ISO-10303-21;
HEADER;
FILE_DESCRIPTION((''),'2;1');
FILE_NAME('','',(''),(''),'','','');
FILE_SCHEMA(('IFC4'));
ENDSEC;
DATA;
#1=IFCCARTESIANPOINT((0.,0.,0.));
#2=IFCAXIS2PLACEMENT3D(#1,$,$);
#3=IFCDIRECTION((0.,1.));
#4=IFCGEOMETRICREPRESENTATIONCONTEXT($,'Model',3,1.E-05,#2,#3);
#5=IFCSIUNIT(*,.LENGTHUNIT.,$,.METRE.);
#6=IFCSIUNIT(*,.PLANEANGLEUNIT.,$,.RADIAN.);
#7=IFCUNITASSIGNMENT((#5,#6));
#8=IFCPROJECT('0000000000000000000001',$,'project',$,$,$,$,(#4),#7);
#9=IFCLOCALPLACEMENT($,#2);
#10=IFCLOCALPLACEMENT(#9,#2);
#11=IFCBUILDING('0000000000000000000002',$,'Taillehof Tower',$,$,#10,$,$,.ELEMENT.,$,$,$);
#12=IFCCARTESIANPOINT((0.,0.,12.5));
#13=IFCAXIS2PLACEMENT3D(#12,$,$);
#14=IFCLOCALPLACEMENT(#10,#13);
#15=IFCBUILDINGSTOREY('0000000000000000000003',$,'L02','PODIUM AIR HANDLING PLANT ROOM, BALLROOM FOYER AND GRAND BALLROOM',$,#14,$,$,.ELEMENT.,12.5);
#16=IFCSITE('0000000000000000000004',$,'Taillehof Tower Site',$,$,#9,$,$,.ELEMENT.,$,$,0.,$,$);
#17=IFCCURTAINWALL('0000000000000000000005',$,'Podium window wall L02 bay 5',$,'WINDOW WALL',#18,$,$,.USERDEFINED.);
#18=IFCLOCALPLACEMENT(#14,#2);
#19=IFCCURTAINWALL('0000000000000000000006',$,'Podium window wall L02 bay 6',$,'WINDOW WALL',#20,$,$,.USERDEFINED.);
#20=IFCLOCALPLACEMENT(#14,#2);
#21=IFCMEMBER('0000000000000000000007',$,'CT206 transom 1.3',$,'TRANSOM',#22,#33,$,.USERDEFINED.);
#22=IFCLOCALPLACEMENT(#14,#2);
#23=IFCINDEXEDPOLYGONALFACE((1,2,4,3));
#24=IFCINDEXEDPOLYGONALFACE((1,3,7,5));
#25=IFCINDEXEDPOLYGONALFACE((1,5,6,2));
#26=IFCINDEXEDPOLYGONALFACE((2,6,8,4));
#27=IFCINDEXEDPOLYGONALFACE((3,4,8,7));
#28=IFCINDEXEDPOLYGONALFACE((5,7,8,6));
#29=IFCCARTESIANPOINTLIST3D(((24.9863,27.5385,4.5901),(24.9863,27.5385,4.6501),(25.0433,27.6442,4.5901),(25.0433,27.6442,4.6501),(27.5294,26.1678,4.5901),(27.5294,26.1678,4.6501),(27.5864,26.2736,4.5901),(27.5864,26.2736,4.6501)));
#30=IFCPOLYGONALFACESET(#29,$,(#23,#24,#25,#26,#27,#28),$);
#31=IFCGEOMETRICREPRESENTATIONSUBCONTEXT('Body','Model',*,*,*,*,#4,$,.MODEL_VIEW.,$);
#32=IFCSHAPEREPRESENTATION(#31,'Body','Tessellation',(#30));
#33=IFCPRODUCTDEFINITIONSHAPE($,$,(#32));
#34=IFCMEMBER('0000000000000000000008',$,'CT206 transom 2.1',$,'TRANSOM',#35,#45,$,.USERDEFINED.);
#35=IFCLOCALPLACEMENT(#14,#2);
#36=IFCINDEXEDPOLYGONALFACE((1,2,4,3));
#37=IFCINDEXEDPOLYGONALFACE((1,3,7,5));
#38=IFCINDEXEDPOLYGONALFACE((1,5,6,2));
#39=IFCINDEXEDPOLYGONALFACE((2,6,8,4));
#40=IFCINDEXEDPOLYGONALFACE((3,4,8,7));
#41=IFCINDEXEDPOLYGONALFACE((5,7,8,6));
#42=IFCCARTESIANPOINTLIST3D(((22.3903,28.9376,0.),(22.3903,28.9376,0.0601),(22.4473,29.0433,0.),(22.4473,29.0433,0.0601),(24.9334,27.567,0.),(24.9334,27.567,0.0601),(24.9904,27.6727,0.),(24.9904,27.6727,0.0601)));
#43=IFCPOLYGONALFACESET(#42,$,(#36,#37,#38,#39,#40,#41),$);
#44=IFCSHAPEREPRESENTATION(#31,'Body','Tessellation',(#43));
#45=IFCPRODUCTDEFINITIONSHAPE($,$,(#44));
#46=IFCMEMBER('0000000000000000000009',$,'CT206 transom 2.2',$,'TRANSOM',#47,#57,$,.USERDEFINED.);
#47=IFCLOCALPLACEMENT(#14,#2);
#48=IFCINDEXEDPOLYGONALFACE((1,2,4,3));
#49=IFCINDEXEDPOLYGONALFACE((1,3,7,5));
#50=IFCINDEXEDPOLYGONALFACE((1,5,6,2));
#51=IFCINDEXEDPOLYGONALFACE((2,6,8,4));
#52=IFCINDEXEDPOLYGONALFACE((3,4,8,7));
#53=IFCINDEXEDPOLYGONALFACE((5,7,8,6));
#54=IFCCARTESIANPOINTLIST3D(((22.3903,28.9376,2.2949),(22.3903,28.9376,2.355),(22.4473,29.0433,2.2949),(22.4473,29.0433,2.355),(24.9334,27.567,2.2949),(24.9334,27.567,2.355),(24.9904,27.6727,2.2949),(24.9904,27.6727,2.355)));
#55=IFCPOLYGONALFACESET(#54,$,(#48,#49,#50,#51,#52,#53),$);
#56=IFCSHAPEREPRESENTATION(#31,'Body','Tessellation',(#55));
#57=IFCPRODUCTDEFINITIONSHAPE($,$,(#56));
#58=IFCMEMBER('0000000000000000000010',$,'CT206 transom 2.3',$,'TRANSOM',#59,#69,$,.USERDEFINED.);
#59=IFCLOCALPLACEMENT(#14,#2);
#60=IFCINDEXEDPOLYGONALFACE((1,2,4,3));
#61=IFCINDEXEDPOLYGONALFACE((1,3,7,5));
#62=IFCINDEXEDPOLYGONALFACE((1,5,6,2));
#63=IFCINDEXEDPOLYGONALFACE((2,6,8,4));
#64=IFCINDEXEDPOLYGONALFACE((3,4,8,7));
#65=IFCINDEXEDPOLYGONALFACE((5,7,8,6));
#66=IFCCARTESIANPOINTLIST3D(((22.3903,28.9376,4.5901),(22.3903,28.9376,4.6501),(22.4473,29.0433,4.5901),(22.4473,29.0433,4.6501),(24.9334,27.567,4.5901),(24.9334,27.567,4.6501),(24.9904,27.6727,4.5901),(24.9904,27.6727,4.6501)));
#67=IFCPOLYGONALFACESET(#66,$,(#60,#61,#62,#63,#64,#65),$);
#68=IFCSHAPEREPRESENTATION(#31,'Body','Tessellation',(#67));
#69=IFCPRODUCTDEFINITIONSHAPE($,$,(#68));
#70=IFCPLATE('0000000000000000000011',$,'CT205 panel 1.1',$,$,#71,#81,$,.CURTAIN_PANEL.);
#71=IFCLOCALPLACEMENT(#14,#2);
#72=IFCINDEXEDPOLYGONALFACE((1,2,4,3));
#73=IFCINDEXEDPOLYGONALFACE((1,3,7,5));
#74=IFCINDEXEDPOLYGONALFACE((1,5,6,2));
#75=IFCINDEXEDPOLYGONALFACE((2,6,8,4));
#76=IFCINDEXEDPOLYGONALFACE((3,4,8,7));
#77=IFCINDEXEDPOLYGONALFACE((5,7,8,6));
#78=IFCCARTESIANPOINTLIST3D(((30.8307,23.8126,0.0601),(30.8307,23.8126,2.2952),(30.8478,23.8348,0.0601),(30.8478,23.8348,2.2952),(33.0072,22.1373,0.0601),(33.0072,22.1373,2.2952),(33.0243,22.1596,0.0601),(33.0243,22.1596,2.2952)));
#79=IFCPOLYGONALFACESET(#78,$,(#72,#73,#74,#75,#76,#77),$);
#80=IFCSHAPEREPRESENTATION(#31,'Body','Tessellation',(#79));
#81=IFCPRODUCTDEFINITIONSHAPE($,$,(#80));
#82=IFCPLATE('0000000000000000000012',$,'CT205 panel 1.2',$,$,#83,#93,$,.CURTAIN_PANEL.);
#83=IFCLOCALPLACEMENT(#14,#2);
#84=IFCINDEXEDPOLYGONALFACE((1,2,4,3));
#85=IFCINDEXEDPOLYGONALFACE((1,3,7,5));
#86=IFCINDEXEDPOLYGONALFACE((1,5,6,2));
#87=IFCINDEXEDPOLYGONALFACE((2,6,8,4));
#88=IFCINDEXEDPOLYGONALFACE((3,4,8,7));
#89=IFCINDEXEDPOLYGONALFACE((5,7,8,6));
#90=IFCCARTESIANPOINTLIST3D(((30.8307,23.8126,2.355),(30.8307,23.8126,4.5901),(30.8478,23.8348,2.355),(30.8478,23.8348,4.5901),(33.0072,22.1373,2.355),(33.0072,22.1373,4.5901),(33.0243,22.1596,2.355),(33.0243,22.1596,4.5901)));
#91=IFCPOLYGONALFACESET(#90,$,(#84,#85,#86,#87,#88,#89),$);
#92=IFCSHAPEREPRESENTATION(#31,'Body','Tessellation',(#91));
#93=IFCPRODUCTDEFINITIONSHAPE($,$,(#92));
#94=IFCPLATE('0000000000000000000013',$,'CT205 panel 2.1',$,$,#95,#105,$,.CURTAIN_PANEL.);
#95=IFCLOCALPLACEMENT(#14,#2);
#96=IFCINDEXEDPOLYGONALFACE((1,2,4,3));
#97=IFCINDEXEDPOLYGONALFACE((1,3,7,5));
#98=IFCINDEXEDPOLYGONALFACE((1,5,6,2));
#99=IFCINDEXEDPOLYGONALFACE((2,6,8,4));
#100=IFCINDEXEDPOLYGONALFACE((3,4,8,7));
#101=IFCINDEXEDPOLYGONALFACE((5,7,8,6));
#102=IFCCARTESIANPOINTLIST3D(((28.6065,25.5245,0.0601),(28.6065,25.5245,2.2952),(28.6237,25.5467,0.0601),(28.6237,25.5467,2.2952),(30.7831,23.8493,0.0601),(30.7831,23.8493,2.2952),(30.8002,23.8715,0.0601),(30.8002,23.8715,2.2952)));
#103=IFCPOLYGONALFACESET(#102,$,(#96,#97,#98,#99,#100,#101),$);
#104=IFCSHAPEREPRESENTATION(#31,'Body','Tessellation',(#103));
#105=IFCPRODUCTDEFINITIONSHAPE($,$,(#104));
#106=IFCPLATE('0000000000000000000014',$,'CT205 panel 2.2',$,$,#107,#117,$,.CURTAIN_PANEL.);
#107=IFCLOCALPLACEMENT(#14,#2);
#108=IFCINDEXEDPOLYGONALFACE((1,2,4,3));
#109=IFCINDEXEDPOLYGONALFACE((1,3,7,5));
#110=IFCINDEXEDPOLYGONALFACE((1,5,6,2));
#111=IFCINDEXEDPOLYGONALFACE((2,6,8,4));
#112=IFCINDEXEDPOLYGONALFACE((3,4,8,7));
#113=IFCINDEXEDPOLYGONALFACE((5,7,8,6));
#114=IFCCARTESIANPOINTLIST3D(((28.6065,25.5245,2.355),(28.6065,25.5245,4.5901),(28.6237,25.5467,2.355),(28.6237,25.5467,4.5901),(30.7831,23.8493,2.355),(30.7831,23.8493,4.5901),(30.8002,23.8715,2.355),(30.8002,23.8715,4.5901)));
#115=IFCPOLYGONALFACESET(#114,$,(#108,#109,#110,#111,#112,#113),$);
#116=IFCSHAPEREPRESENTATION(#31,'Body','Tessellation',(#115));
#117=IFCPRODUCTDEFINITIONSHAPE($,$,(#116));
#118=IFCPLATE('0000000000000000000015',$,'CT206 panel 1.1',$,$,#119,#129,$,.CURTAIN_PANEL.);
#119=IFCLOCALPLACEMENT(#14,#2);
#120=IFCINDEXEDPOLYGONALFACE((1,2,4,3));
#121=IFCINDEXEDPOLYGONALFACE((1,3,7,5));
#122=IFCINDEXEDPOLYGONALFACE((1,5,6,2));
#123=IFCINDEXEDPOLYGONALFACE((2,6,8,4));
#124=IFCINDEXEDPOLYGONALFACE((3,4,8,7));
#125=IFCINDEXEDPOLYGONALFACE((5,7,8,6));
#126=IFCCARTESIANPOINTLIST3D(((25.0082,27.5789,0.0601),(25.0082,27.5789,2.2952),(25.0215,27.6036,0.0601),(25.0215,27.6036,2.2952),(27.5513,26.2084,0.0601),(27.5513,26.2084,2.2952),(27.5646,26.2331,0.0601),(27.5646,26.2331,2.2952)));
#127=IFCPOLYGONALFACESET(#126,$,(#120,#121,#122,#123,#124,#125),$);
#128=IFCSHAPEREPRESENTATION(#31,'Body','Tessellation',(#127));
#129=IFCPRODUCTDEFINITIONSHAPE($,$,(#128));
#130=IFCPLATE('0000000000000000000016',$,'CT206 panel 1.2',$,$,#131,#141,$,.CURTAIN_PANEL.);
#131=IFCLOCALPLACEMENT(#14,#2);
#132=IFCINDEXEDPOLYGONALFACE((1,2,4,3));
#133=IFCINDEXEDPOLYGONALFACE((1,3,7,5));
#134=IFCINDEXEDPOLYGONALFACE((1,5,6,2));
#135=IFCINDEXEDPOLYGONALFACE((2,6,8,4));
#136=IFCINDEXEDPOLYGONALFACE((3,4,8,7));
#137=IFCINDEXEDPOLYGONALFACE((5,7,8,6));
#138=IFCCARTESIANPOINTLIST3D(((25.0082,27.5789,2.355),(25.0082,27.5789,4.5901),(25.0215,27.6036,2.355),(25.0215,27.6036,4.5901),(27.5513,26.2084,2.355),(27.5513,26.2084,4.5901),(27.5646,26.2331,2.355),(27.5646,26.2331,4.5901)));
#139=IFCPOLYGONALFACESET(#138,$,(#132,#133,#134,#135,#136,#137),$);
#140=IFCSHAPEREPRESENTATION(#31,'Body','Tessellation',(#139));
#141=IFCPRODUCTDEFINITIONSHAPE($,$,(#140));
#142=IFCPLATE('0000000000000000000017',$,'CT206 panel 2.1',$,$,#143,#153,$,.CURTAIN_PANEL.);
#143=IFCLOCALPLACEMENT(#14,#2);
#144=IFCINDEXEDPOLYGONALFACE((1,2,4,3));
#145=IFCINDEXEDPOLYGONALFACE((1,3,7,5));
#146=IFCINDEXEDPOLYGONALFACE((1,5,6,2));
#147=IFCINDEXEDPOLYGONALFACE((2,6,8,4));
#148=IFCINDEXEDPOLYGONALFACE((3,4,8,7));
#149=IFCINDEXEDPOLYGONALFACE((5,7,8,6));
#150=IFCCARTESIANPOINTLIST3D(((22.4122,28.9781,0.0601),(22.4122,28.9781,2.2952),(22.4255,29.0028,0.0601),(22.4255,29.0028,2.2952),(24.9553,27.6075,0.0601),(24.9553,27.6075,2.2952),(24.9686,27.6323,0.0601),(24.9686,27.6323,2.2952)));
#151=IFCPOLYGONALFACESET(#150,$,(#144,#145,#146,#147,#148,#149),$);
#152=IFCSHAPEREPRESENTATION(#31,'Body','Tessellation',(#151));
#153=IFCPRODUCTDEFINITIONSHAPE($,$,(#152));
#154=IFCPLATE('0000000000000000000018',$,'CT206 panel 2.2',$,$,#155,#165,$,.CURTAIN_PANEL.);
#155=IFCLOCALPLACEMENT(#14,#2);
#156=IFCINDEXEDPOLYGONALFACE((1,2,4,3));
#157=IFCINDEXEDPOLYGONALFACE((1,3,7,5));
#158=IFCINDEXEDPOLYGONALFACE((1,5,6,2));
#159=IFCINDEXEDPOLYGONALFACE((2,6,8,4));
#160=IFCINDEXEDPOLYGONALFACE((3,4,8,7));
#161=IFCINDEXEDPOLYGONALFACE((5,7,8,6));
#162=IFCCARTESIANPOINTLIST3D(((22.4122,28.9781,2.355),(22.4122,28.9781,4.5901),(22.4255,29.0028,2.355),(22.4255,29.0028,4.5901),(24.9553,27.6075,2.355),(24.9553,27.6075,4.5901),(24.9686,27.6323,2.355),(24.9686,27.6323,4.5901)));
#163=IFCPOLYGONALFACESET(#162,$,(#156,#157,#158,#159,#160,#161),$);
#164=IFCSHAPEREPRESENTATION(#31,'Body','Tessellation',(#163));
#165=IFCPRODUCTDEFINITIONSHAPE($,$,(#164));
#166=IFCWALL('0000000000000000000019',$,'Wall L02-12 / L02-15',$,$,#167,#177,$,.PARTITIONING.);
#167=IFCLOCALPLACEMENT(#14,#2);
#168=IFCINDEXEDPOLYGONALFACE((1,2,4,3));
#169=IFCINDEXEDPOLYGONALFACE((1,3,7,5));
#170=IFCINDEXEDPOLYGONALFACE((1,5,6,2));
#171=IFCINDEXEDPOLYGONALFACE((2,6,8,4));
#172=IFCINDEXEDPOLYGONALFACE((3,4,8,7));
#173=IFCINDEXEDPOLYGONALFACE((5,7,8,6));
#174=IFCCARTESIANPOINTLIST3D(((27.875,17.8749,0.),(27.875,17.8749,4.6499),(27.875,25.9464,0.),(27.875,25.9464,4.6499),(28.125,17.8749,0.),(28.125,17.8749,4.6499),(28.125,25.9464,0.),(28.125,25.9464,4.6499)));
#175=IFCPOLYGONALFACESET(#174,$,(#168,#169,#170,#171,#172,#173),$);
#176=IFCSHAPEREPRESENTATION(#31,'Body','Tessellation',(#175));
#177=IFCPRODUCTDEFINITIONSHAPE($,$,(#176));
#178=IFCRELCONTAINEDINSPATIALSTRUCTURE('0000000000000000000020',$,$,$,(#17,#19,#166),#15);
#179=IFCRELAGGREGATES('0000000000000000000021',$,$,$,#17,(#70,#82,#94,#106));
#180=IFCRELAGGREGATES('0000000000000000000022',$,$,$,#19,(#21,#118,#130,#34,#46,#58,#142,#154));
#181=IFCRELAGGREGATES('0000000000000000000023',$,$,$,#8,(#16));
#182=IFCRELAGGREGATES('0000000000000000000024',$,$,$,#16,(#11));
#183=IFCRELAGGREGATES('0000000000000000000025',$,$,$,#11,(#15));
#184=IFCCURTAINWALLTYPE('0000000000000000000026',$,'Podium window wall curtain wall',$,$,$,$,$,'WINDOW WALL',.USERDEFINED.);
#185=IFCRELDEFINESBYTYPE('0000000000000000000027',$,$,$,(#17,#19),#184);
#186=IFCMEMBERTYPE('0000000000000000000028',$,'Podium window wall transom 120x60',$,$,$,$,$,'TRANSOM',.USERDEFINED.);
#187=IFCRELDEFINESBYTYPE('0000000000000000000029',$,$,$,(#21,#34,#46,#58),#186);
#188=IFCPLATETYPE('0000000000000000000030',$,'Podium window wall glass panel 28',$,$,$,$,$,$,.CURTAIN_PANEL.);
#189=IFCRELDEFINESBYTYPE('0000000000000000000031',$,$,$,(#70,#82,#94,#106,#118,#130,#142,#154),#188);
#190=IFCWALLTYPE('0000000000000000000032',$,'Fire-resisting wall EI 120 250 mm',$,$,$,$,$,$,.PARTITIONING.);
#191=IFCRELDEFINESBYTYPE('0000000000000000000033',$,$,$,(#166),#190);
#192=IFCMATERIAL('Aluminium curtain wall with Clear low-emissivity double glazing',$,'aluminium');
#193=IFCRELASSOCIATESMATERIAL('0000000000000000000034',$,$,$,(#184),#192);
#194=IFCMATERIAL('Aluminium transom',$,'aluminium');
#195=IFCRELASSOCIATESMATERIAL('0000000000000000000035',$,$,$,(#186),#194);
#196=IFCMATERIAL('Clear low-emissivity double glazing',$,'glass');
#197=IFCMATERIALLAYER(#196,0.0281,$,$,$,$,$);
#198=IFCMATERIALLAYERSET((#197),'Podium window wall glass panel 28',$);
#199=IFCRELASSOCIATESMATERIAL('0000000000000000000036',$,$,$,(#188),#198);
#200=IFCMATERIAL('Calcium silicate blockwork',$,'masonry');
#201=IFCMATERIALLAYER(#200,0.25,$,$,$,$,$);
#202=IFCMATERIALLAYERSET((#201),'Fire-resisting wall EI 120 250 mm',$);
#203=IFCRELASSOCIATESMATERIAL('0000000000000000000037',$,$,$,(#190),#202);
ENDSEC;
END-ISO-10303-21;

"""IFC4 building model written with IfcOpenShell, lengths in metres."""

from ifc_helpers import new_model, si_unit, direction, frame, frame_2d, origin, origin_2d, place, context, subcontext, project, spatial, rectangle, extrude, material, layer, layer_set, material_profile, profile_set, type_object, element, aggregate, save


model = new_model("IFC4")

# Units and contexts
model_context = context("Model", 3, precision=1e-05, world=origin(), true_north=direction((0.0, 1.0)))
body_context = subcontext(model_context, "Body", "Model", "MODEL_VIEW")
ifc_project = project(units=[si_unit("LENGTHUNIT", "METRE"), si_unit("PLANEANGLEUNIT", "RADIAN")], contexts=[model_context])

# Site, building, storey
site_placement = place(None, origin())
site = spatial("IfcSite", under=ifc_project, at=site_placement, Name="Taillehof Tower Site", CompositionType="ELEMENT", RefElevation=0.0)
building_placement = place(site_placement, origin())
building = spatial("IfcBuilding", under=site, at=building_placement, Name="Taillehof Tower", CompositionType="ELEMENT")
storey_placement = place(building_placement, frame((0.0, 0.0, 12.5)))
storey = spatial("IfcBuildingStorey", under=building, at=storey_placement, Name="L02", Description="PODIUM AIR HANDLING PLANT ROOM, BALLROOM FOYER AND GRAND BALLROOM", CompositionType="ELEMENT", Elevation=12.5)

# Curtain walls
ifc_material_1 = material(Name="Aluminium curtain wall with Clear low-emissivity double glazing", Category="aluminium")
curtain_wall_type = type_object("IfcCurtainWallType", Name="Podium window wall curtain wall", ElementType="WINDOW WALL", PredefinedType="USERDEFINED", material=ifc_material_1)
curtain_wall_1_placement = place(storey_placement, origin())
curtain_wall_1 = element("IfcCurtainWall", 1, at=curtain_wall_1_placement, inside=storey, type_object=curtain_wall_type, Name="Podium window wall L02 bay 5", ObjectType="WINDOW WALL", PredefinedType="USERDEFINED")
curtain_wall_2_placement = place(storey_placement, origin())
curtain_wall_2 = element("IfcCurtainWall", 2, at=curtain_wall_2_placement, inside=storey, type_object=curtain_wall_type, Name="Podium window wall L02 bay 6", ObjectType="WINDOW WALL", PredefinedType="USERDEFINED")

# Members
ifc_material_2 = material(Name="Aluminium transom", Category="aluminium")
ifc_material_profile_1 = material_profile(ifc_material_2, rectangle(XDim=0.1201, YDim=0.0601, at=origin_2d()), Name="AL 120x60")
ifc_profile_set_1 = profile_set([ifc_material_profile_1], Name="Aluminium transom")
member_type_1 = type_object("IfcMemberType", Name="Podium window wall transom 120x60", ElementType="TRANSOM", PredefinedType="USERDEFINED", material=ifc_profile_set_1)
member_1_placement = place(storey_placement, frame((27.5579, 26.2207, 4.6201), z_axis=(-0.880281, 0.474453, 0.0), x_axis=(-0.474453, -0.880281, 0.0)))
member_1 = element("IfcMember", 3, at=member_1_placement, type_object=member_type_1, Name="CT206 transom 1.3", ObjectType="TRANSOM", PredefinedType="USERDEFINED", context=body_context, shape_type="SweptSolid", body=[
    extrude(rectangle(XDim=0.1201, YDim=0.0601, at=origin_2d()), origin(), (0.0, 0.0, 1.0), 2.8889),
])
member_2_placement = place(storey_placement, frame((24.9619, 27.6199, 0.03), z_axis=(-0.8803, 0.474417, 0.0), x_axis=(-0.474417, -0.8803, 0.0)))
member_2 = element("IfcMember", 4, at=member_2_placement, type_object=member_type_1, Name="CT206 transom 2.1", ObjectType="TRANSOM", PredefinedType="USERDEFINED", context=body_context, shape_type="SweptSolid", body=[
    extrude(rectangle(XDim=0.1201, YDim=0.0601, at=origin_2d()), origin(), (0.0, 0.0, 1.0), 2.8889),
])
member_3_placement = place(storey_placement, frame((24.9619, 27.6199, 2.325), z_axis=(-0.8803, 0.474417, 0.0), x_axis=(-0.474417, -0.8803, 0.0)))
member_3 = element("IfcMember", 5, at=member_3_placement, type_object=member_type_1, Name="CT206 transom 2.2", ObjectType="TRANSOM", PredefinedType="USERDEFINED", context=body_context, shape_type="SweptSolid", body=[
    extrude(rectangle(XDim=0.1201, YDim=0.0601, at=origin_2d()), origin(), (0.0, 0.0, 1.0), 2.8889),
])
member_4_placement = place(storey_placement, frame((24.9619, 27.6199, 4.6201), z_axis=(-0.8803, 0.474417, 0.0), x_axis=(-0.474417, -0.8803, 0.0)))
member_4 = element("IfcMember", 6, at=member_4_placement, type_object=member_type_1, Name="CT206 transom 2.3", ObjectType="TRANSOM", PredefinedType="USERDEFINED", context=body_context, shape_type="SweptSolid", body=[
    extrude(rectangle(XDim=0.1201, YDim=0.0601, at=origin_2d()), origin(), (0.0, 0.0, 1.0), 2.8889),
])

# Plates
ifc_material_3 = material(Name="Clear low-emissivity double glazing", Category="glass")
ifc_layer_1 = layer(ifc_material_3, 0.0281)
ifc_layer_set_1 = layer_set([ifc_layer_1], Name="Podium window wall glass panel 28")
plate_type = type_object("IfcPlateType", Name="Podium window wall glass panel 28", PredefinedType="CURTAIN_PANEL", material=ifc_layer_set_1)
plate_1_placement = place(storey_placement, frame((31.9275, 22.9861, 0.0601), z_axis=(0.0, 0.0, 1.0), x_axis=(-0.792454, 0.609932, 0.0)))
plate_1 = element("IfcPlate", 7, at=plate_1_placement, type_object=plate_type, Name="CT205 panel 1.1", PredefinedType="CURTAIN_PANEL", context=body_context, shape_type="SweptSolid", body=[
    extrude(rectangle(XDim=2.7466, YDim=0.0281, at=origin_2d()), origin(), (0.0, 0.0, 1.0), 2.2351),
])
plate_2_placement = place(storey_placement, frame((31.9275, 22.9861, 2.355), z_axis=(0.0, 0.0, 1.0), x_axis=(-0.792454, 0.609932, 0.0)))
plate_2 = element("IfcPlate", 8, at=plate_2_placement, type_object=plate_type, Name="CT205 panel 1.2", PredefinedType="CURTAIN_PANEL", context=body_context, shape_type="SweptSolid", body=[
    extrude(rectangle(XDim=2.7466, YDim=0.0281, at=origin_2d()), origin(), (0.0, 0.0, 1.0), 2.2351),
])
plate_3_placement = place(storey_placement, frame((29.7034, 24.698, 0.0601), z_axis=(0.0, 0.0, 1.0), x_axis=(-0.792454, 0.609932, 0.0)))
plate_3 = element("IfcPlate", 9, at=plate_3_placement, type_object=plate_type, Name="CT205 panel 2.1", PredefinedType="CURTAIN_PANEL", context=body_context, shape_type="SweptSolid", body=[
    extrude(rectangle(XDim=2.7466, YDim=0.0281, at=origin_2d()), origin(), (0.0, 0.0, 1.0), 2.2351),
])
plate_4_placement = place(storey_placement, frame((29.7034, 24.698, 2.355), z_axis=(0.0, 0.0, 1.0), x_axis=(-0.792454, 0.609932, 0.0)))
plate_4 = element("IfcPlate", 10, at=plate_4_placement, type_object=plate_type, Name="CT205 panel 2.2", PredefinedType="CURTAIN_PANEL", context=body_context, shape_type="SweptSolid", body=[
    extrude(rectangle(XDim=2.7466, YDim=0.0281, at=origin_2d()), origin(), (0.0, 0.0, 1.0), 2.2351),
])
aggregate(curtain_wall_1, [plate_1, plate_2, plate_3, plate_4])
plate_5_placement = place(storey_placement, frame((26.2864, 26.906, 0.0601), z_axis=(0.0, 0.0, 1.0), x_axis=(-0.880301, 0.474415, 0.0)))
plate_5 = element("IfcPlate", 11, at=plate_5_placement, type_object=plate_type, Name="CT206 panel 1.1", PredefinedType="CURTAIN_PANEL", context=body_context, shape_type="SweptSolid", body=[
    extrude(rectangle(XDim=2.8889, YDim=0.0281, at=origin_2d()), origin(), (0.0, 0.0, 1.0), 2.2351),
])
plate_6_placement = place(storey_placement, frame((26.2864, 26.906, 2.355), z_axis=(0.0, 0.0, 1.0), x_axis=(-0.880301, 0.474415, 0.0)))
plate_6 = element("IfcPlate", 12, at=plate_6_placement, type_object=plate_type, Name="CT206 panel 1.2", PredefinedType="CURTAIN_PANEL", context=body_context, shape_type="SweptSolid", body=[
    extrude(rectangle(XDim=2.8889, YDim=0.0281, at=origin_2d()), origin(), (0.0, 0.0, 1.0), 2.2351),
])
plate_7_placement = place(storey_placement, frame((23.6904, 28.3052, 0.0601), z_axis=(0.0, 0.0, 1.0), x_axis=(-0.880301, 0.474415, 0.0)))
plate_7 = element("IfcPlate", 13, at=plate_7_placement, type_object=plate_type, Name="CT206 panel 2.1", PredefinedType="CURTAIN_PANEL", context=body_context, shape_type="SweptSolid", body=[
    extrude(rectangle(XDim=2.8889, YDim=0.0281, at=origin_2d()), origin(), (0.0, 0.0, 1.0), 2.2351),
])
plate_8_placement = place(storey_placement, frame((23.6904, 28.3052, 2.355), z_axis=(0.0, 0.0, 1.0), x_axis=(-0.880301, 0.474415, 0.0)))
plate_8 = element("IfcPlate", 14, at=plate_8_placement, type_object=plate_type, Name="CT206 panel 2.2", PredefinedType="CURTAIN_PANEL", context=body_context, shape_type="SweptSolid", body=[
    extrude(rectangle(XDim=2.8889, YDim=0.0281, at=origin_2d()), origin(), (0.0, 0.0, 1.0), 2.2351),
])
aggregate(curtain_wall_2, [member_1, plate_5, plate_6, member_2, member_3, member_4, plate_7, plate_8])

# Wall
ifc_material_4 = material(Name="Calcium silicate blockwork", Category="masonry")
ifc_layer_2 = layer(ifc_material_4, 0.25)
ifc_layer_set_2 = layer_set([ifc_layer_2], Name="Fire-resisting wall EI 120 250 mm")
wall_type = type_object("IfcWallType", Name="Fire-resisting wall EI 120 250 mm", PredefinedType="PARTITIONING", material=ifc_layer_set_2)
wall_placement = place(storey_placement, frame((28.0, 17.875, 0.0), z_axis=(0.0, 0.0, 1.0), x_axis=(0.0, 1.0, 0.0)))
element("IfcWall", 15, at=wall_placement, inside=storey, type_object=wall_type, Name="Wall L02-12 / L02-15", PredefinedType="PARTITIONING", context=body_context, shape_type="SweptSolid", body=[
    extrude(rectangle(XDim=8.0715, YDim=0.25, at=frame_2d((4.0356, 0.0))), origin(), (0.0, 0.0, 1.0), 4.6499),
])

save(model, "model.ifc")
